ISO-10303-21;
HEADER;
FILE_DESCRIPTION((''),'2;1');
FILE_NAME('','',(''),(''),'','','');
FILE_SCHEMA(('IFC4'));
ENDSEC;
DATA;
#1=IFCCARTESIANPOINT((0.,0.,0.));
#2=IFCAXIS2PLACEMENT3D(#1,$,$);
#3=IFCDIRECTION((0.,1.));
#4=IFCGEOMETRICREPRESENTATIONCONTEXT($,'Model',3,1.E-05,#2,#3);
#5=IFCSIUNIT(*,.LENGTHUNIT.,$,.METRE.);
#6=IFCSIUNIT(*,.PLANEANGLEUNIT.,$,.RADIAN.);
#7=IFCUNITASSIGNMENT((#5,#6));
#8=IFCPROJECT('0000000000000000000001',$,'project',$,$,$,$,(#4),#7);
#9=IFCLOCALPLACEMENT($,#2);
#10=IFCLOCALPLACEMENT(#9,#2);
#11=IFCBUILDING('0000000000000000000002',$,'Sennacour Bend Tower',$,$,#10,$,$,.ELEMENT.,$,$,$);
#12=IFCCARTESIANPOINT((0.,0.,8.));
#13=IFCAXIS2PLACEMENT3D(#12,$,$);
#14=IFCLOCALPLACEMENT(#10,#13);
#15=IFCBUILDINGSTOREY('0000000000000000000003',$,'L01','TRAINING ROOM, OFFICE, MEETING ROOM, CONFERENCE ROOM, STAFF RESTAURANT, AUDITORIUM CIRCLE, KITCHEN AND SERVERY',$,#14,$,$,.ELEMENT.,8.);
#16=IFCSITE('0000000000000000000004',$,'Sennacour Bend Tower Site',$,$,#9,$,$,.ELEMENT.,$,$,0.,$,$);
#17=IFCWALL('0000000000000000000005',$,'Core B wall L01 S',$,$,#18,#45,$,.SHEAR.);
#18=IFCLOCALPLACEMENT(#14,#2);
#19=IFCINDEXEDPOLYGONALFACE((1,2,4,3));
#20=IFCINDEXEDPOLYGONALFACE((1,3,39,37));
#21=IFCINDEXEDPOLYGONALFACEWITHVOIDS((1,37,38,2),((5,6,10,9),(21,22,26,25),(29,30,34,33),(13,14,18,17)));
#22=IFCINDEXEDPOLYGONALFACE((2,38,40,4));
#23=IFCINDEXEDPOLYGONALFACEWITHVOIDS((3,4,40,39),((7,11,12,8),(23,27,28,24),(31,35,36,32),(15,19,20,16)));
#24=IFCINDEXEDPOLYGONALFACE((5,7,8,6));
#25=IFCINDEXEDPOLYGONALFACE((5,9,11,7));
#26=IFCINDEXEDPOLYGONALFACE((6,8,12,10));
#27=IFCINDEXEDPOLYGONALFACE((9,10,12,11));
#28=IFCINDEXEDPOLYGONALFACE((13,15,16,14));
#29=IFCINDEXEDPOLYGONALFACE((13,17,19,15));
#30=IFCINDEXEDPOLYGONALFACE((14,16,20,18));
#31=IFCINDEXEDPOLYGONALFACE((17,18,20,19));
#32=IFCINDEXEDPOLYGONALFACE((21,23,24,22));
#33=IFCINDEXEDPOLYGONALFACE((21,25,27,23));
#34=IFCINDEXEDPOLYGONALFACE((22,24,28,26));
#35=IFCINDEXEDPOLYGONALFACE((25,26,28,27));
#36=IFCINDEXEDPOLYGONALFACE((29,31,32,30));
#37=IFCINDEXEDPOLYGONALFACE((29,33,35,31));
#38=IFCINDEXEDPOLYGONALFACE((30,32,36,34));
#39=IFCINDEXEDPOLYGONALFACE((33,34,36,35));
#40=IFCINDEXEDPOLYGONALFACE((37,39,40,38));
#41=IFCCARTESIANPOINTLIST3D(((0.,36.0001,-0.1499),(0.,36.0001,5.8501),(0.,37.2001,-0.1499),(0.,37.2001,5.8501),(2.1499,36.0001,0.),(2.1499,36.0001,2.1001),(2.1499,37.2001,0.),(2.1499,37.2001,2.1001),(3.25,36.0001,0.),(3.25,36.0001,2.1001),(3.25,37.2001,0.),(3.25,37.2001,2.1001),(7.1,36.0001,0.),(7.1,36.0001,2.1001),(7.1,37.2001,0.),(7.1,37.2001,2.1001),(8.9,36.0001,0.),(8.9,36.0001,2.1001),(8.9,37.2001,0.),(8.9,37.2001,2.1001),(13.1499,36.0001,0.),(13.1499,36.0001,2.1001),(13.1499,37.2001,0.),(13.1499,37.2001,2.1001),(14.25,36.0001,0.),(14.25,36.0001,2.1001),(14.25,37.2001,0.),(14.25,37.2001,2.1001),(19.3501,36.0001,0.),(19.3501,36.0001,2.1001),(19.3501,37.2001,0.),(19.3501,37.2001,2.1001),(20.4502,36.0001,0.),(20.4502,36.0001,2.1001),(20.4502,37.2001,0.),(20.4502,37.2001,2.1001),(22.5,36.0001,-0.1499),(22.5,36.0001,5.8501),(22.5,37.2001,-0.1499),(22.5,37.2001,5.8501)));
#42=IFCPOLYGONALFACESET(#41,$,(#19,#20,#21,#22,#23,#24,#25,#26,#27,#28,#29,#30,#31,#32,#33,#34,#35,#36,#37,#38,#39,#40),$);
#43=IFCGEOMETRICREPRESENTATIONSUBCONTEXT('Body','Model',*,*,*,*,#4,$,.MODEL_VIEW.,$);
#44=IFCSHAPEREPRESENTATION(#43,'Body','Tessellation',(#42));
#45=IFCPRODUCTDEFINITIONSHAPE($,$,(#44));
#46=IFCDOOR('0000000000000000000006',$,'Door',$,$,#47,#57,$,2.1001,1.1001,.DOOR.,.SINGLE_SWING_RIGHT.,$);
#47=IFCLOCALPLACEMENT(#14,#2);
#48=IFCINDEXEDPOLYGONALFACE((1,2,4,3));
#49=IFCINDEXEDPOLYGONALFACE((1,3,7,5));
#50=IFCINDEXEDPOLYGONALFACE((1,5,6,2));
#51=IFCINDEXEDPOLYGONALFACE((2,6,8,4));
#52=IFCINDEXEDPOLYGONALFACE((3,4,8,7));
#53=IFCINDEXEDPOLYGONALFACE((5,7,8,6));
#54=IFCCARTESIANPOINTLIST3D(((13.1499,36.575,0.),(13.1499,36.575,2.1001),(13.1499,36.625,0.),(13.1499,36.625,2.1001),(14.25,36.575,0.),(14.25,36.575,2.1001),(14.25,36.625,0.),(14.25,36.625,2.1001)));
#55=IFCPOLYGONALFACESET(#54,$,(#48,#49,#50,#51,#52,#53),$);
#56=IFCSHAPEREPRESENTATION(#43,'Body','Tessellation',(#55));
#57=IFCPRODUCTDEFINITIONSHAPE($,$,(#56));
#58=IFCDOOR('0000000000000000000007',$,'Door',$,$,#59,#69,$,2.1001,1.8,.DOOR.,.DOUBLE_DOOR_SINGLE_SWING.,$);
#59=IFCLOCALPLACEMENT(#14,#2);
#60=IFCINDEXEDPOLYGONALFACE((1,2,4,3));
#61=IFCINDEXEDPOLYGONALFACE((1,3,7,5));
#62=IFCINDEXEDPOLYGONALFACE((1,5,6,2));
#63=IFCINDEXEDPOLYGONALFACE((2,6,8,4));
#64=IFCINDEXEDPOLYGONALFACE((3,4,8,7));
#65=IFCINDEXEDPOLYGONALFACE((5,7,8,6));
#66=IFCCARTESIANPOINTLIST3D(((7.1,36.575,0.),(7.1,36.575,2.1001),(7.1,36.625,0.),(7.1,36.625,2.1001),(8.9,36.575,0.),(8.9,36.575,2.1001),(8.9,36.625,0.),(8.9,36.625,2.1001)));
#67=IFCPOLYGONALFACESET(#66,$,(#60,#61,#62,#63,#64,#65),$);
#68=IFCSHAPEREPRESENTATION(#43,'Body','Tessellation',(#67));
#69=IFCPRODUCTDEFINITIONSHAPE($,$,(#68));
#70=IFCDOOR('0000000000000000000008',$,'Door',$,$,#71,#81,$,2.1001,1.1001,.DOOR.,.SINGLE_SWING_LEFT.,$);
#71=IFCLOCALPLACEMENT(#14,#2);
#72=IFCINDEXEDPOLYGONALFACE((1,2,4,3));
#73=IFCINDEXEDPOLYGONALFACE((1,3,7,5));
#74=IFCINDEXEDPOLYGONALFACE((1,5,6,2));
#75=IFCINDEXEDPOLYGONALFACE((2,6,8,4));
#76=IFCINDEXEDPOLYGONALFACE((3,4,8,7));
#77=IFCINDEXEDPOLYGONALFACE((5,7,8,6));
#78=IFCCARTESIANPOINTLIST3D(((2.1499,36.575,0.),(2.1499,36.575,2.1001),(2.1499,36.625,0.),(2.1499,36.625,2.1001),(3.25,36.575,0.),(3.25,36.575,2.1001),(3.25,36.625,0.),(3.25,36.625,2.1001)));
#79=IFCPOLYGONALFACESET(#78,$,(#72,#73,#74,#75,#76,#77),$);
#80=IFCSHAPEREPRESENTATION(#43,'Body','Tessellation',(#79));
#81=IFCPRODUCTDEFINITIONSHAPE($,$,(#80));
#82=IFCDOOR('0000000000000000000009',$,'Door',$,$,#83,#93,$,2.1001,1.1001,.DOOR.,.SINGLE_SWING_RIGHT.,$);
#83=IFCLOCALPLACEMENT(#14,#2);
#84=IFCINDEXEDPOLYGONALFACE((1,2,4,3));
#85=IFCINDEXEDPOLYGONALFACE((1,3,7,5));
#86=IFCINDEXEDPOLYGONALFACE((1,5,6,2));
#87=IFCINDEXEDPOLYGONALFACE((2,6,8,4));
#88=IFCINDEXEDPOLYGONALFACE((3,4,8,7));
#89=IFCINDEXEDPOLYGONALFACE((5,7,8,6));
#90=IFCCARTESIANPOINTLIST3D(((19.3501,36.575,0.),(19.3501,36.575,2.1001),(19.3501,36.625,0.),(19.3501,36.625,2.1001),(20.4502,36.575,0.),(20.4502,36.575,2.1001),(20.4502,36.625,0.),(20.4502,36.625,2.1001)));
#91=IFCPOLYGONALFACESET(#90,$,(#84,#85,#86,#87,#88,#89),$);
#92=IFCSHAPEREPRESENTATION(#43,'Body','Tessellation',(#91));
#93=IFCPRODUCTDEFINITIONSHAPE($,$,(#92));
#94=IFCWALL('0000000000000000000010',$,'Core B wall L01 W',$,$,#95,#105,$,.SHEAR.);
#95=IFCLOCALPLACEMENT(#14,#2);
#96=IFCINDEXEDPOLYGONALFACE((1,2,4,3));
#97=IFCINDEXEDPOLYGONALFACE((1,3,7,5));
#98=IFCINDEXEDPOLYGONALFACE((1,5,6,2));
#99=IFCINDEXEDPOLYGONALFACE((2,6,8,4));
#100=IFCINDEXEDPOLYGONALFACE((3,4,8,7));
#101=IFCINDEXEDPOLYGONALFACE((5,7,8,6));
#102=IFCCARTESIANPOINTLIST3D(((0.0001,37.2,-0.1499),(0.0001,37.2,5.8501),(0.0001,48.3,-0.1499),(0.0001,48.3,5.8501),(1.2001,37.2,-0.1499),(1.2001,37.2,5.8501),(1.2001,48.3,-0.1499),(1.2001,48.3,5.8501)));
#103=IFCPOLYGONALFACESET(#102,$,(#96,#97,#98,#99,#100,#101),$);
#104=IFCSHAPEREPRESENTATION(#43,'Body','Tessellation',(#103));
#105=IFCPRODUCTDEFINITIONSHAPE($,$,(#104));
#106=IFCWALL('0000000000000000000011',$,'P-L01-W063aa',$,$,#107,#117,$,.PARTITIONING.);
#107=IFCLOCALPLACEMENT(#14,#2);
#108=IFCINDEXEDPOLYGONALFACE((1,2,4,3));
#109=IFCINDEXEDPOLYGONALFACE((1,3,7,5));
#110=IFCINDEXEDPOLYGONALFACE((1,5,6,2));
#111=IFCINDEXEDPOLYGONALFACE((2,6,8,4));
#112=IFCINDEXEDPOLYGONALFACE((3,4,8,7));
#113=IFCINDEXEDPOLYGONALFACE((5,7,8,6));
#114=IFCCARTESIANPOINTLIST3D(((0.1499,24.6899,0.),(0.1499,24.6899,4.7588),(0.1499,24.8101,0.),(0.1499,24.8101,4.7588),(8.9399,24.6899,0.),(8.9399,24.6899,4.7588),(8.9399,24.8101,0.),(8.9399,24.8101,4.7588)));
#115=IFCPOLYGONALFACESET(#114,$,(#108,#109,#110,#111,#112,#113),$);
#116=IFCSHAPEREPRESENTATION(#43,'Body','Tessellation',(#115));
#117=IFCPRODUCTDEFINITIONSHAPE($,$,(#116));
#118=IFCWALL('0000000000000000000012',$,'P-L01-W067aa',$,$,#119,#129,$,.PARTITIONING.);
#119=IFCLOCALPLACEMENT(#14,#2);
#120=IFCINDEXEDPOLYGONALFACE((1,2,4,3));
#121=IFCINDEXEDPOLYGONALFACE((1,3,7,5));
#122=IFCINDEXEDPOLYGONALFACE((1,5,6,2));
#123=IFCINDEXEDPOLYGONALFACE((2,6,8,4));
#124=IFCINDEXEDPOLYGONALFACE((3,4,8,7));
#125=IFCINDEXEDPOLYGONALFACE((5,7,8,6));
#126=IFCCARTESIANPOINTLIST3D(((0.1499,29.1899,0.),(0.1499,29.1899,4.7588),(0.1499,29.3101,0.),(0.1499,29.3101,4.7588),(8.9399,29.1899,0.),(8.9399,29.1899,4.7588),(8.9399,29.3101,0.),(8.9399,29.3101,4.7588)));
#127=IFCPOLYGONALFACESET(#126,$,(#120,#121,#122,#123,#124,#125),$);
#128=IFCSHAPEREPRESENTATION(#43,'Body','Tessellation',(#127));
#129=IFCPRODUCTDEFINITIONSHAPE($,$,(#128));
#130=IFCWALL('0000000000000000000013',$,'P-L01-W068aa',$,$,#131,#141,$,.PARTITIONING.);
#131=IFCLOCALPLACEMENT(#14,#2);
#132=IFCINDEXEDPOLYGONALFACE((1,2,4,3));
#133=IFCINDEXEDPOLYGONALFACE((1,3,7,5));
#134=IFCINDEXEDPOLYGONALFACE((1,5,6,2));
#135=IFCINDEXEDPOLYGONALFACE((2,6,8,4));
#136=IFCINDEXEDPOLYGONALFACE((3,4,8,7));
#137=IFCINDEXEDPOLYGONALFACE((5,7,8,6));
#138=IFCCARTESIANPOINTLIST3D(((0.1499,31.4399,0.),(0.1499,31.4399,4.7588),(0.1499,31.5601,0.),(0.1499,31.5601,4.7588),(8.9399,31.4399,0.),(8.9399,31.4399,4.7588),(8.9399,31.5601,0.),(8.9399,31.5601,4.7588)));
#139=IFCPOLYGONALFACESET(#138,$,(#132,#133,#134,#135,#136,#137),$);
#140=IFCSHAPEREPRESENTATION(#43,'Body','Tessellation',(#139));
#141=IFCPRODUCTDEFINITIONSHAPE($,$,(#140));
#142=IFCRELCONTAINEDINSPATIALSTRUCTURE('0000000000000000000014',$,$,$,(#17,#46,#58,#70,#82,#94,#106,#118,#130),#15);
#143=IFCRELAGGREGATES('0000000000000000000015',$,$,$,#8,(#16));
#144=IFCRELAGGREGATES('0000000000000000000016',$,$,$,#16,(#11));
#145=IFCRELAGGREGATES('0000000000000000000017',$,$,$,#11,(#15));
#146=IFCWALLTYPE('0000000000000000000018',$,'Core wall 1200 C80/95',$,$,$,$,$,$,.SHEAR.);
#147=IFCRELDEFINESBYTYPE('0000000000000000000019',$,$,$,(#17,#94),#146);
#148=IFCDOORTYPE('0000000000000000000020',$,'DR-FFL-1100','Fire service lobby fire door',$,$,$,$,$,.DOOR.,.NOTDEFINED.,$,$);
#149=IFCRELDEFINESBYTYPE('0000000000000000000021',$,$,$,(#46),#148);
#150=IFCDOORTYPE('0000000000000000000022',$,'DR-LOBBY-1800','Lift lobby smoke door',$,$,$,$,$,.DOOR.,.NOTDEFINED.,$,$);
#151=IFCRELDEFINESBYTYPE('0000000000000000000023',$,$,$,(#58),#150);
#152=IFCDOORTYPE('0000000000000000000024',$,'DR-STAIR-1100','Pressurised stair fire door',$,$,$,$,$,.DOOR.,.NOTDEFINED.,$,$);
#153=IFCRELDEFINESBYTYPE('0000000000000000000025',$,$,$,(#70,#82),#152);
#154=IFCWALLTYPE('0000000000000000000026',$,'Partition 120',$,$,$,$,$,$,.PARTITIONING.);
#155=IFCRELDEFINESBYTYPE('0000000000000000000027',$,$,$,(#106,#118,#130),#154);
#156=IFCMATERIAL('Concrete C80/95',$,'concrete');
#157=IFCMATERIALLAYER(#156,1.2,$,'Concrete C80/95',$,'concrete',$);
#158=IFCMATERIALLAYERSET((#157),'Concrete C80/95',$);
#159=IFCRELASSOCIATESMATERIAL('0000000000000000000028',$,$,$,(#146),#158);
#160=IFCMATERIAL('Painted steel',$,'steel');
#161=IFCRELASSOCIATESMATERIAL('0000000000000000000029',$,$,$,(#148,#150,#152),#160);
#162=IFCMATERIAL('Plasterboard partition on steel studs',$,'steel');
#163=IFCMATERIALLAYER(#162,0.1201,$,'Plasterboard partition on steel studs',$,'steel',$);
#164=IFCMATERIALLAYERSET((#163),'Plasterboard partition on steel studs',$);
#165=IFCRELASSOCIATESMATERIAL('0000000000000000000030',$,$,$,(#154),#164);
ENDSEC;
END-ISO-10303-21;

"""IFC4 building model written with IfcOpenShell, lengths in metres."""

from ifc_helpers import new_model, si_unit, direction, frame, frame_2d, origin, place, context, subcontext, project, spatial, rectangle, extrude, material, layer, layer_set, type_object, element, fill, save


model = new_model("IFC4")

# Units and contexts
model_context = context("Model", 3, precision=1e-05, world=origin(), true_north=direction((0.0, 1.0)))
body_context = subcontext(model_context, "Body", "Model", "MODEL_VIEW")
ifc_project = project(units=[si_unit("LENGTHUNIT", "METRE"), si_unit("PLANEANGLEUNIT", "RADIAN")], contexts=[model_context])

# Site, building, storey
site_placement = place(None, origin())
site = spatial("IfcSite", under=ifc_project, at=site_placement, Name="Sennacour Bend Tower Site", CompositionType="ELEMENT", RefElevation=0.0)
building_placement = place(site_placement, origin())
building = spatial("IfcBuilding", under=site, at=building_placement, Name="Sennacour Bend Tower", CompositionType="ELEMENT")
storey_placement = place(building_placement, frame((0.0, 0.0, 8.0)))
storey = spatial("IfcBuildingStorey", under=building, at=storey_placement, Name="L01", Description="TRAINING ROOM, OFFICE, MEETING ROOM, CONFERENCE ROOM, STAFF RESTAURANT, AUDITORIUM CIRCLE, KITCHEN AND SERVERY", CompositionType="ELEMENT", Elevation=8.0)

# Wall, openings, doors
ifc_material_1 = material(Name="Concrete C80/95", Category="concrete")
ifc_layer_1 = layer(ifc_material_1, 1.2, Name="Concrete C80/95", Category="concrete")
ifc_layer_set_1 = layer_set([ifc_layer_1], Name="Concrete C80/95")
wall_type_1 = type_object("IfcWallType", Name="Core wall 1200 C80/95", PredefinedType="SHEAR", material=ifc_layer_set_1)
wall_1_placement = place(storey_placement, frame((0.0, 36.6001, -0.1499), z_axis=(0.0, 0.0, 1.0), x_axis=(1.0, 0.0, 0.0)))
wall_1 = element("IfcWall", 1, at=wall_1_placement, inside=storey, type_object=wall_type_1, Name="Core B wall L01 S", PredefinedType="SHEAR", context=body_context, shape_type="SweptSolid", body=[
    extrude(rectangle(XDim=22.5, YDim=1.2, at=frame_2d((11.25, 0.0))), origin(), (0.0, 0.0, 1.0), 6.0),
])
opening_1_placement = place(wall_1_placement, frame((7.1001, 0.0, 0.1499)))
opening_1 = element("IfcOpeningElement", 2, at=opening_1_placement, cuts=wall_1, PredefinedType="OPENING", context=body_context, shape_type="SweptSolid", body=[
    extrude(rectangle(XDim=1.8, YDim=2.1001, at=frame_2d((0.8999, 1.05))), frame((0.0, 0.6099, 0.0), z_axis=(0.0, -1.0, 0.0), x_axis=(1.0, 0.0, 0.0)), (0.0, 0.0, 1.0), 1.22),
])
opening_2_placement = place(wall_1_placement, frame((13.1499, 0.0, 0.1499)))
opening_2 = element("IfcOpeningElement", 3, at=opening_2_placement, cuts=wall_1, PredefinedType="OPENING", context=body_context, shape_type="SweptSolid", body=[
    extrude(rectangle(XDim=1.1001, YDim=2.1001, at=frame_2d((0.55, 1.05))), frame((0.0, 0.6099, 0.0), z_axis=(0.0, -1.0, 0.0), x_axis=(1.0, 0.0, 0.0)), (0.0, 0.0, 1.0), 1.22),
])
opening_3_placement = place(wall_1_placement, frame((2.1499, 0.0, 0.1499)))
opening_3 = element("IfcOpeningElement", 4, at=opening_3_placement, cuts=wall_1, PredefinedType="OPENING", context=body_context, shape_type="SweptSolid", body=[
    extrude(rectangle(XDim=1.1001, YDim=2.1001, at=frame_2d((0.55, 1.05))), frame((0.0, 0.6099, 0.0), z_axis=(0.0, -1.0, 0.0), x_axis=(1.0, 0.0, 0.0)), (0.0, 0.0, 1.0), 1.22),
])
opening_4_placement = place(wall_1_placement, frame((19.3501, 0.0, 0.1499)))
opening_4 = element("IfcOpeningElement", 5, at=opening_4_placement, cuts=wall_1, PredefinedType="OPENING", context=body_context, shape_type="SweptSolid", body=[
    extrude(rectangle(XDim=1.1001, YDim=2.1001, at=frame_2d((0.55, 1.05))), frame((0.0, 0.6099, 0.0), z_axis=(0.0, -1.0, 0.0), x_axis=(1.0, 0.0, 0.0)), (0.0, 0.0, 1.0), 1.22),
])
ifc_material_2 = material(Name="Painted steel", Category="steel")
door_type_1 = type_object("IfcDoorType", Name="DR-FFL-1100", Description="Fire service lobby fire door", OperationType="NOTDEFINED", PredefinedType="DOOR", material=ifc_material_2)
door_1_placement = place(opening_2_placement, origin())
door_1 = element("IfcDoor", 6, at=door_1_placement, inside=storey, type_object=door_type_1, Name="Door", OperationType="SINGLE_SWING_RIGHT", OverallHeight=2.1001, OverallWidth=1.1001, PredefinedType="DOOR", context=body_context, shape_type="SweptSolid", body=[
    extrude(rectangle(XDim=1.1001, YDim=2.1001, at=frame_2d((0.55, 1.05))), frame((0.0, 0.0249, 0.0), z_axis=(0.0, -1.0, 0.0), x_axis=(1.0, 0.0, 0.0)), (0.0, 0.0, 1.0), 0.05),
])
fill(opening_2, door_1)
door_type_2 = type_object("IfcDoorType", Name="DR-LOBBY-1800", Description="Lift lobby smoke door", OperationType="NOTDEFINED", PredefinedType="DOOR", material=ifc_material_2)
door_2_placement = place(opening_1_placement, origin())
door_2 = element("IfcDoor", 7, at=door_2_placement, inside=storey, type_object=door_type_2, Name="Door", OperationType="DOUBLE_DOOR_SINGLE_SWING", OverallHeight=2.1001, OverallWidth=1.8, PredefinedType="DOOR", context=body_context, shape_type="SweptSolid", body=[
    extrude(rectangle(XDim=1.8, YDim=2.1001, at=frame_2d((0.8999, 1.05))), frame((0.0, 0.0249, 0.0), z_axis=(0.0, -1.0, 0.0), x_axis=(1.0, 0.0, 0.0)), (0.0, 0.0, 1.0), 0.05),
])
fill(opening_1, door_2)
door_type_3 = type_object("IfcDoorType", Name="DR-STAIR-1100", Description="Pressurised stair fire door", OperationType="NOTDEFINED", PredefinedType="DOOR", material=ifc_material_2)
door_3_placement = place(opening_3_placement, origin())
door_3 = element("IfcDoor", 8, at=door_3_placement, inside=storey, type_object=door_type_3, Name="Door", OperationType="SINGLE_SWING_LEFT", OverallHeight=2.1001, OverallWidth=1.1001, PredefinedType="DOOR", context=body_context, shape_type="SweptSolid", body=[
    extrude(rectangle(XDim=1.1001, YDim=2.1001, at=frame_2d((0.55, 1.05))), frame((0.0, 0.0249, 0.0), z_axis=(0.0, -1.0, 0.0), x_axis=(1.0, 0.0, 0.0)), (0.0, 0.0, 1.0), 0.05),
])
fill(opening_3, door_3)
door_4_placement = place(opening_4_placement, origin())
door_4 = element("IfcDoor", 9, at=door_4_placement, inside=storey, type_object=door_type_3, Name="Door", OperationType="SINGLE_SWING_RIGHT", OverallHeight=2.1001, OverallWidth=1.1001, PredefinedType="DOOR", context=body_context, shape_type="SweptSolid", body=[
    extrude(rectangle(XDim=1.1001, YDim=2.1001, at=frame_2d((0.55, 1.05))), frame((0.0, 0.0249, 0.0), z_axis=(0.0, -1.0, 0.0), x_axis=(1.0, 0.0, 0.0)), (0.0, 0.0, 1.0), 0.05),
])
fill(opening_4, door_4)

# Walls
wall_2_placement = place(storey_placement, frame((0.6001, 37.2, -0.1499), z_axis=(0.0, 0.0, 1.0), x_axis=(0.0, 1.0, 0.0)))
element("IfcWall", 10, at=wall_2_placement, inside=storey, type_object=wall_type_1, Name="Core B wall L01 W", PredefinedType="SHEAR", context=body_context, shape_type="SweptSolid", body=[
    extrude(rectangle(XDim=11.1001, YDim=1.2, at=frame_2d((5.55, 0.0))), origin(), (0.0, 0.0, 1.0), 6.0),
])
ifc_material_3 = material(Name="Plasterboard partition on steel studs", Category="steel")
ifc_layer_2 = layer(ifc_material_3, 0.1201, Name="Plasterboard partition on steel studs", Category="steel")
ifc_layer_set_2 = layer_set([ifc_layer_2], Name="Plasterboard partition on steel studs")
wall_type_2 = type_object("IfcWallType", Name="Partition 120", PredefinedType="PARTITIONING", material=ifc_layer_set_2)
for number, where, z_axis, x_axis, name in (
    (11, (0.1499, 24.75, 0.0), (0.0, 0.0, 1.0), (1.0, 0.0, 0.0), "P-L01-W063aa"),
    (12, (0.1499, 29.25, 0.0), (0.0, 0.0, 1.0), (1.0, 0.0, 0.0), "P-L01-W067aa"),
    (13, (0.1499, 31.5, 0.0), (0.0, 0.0, 1.0), (1.0, 0.0, 0.0), "P-L01-W068aa"),
):
    element("IfcWall", number, at=place(storey_placement, frame(where, z_axis=z_axis, x_axis=x_axis)), inside=storey, type_object=wall_type_2, Name=name, PredefinedType="PARTITIONING", context=body_context, shape_type="SweptSolid", body=[
        extrude(rectangle(XDim=8.79, YDim=0.1201, at=frame_2d((4.395, 0.0))), origin(), (0.0, 0.0, 1.0), 4.7588),
    ])

save(model, "model.ifc")
